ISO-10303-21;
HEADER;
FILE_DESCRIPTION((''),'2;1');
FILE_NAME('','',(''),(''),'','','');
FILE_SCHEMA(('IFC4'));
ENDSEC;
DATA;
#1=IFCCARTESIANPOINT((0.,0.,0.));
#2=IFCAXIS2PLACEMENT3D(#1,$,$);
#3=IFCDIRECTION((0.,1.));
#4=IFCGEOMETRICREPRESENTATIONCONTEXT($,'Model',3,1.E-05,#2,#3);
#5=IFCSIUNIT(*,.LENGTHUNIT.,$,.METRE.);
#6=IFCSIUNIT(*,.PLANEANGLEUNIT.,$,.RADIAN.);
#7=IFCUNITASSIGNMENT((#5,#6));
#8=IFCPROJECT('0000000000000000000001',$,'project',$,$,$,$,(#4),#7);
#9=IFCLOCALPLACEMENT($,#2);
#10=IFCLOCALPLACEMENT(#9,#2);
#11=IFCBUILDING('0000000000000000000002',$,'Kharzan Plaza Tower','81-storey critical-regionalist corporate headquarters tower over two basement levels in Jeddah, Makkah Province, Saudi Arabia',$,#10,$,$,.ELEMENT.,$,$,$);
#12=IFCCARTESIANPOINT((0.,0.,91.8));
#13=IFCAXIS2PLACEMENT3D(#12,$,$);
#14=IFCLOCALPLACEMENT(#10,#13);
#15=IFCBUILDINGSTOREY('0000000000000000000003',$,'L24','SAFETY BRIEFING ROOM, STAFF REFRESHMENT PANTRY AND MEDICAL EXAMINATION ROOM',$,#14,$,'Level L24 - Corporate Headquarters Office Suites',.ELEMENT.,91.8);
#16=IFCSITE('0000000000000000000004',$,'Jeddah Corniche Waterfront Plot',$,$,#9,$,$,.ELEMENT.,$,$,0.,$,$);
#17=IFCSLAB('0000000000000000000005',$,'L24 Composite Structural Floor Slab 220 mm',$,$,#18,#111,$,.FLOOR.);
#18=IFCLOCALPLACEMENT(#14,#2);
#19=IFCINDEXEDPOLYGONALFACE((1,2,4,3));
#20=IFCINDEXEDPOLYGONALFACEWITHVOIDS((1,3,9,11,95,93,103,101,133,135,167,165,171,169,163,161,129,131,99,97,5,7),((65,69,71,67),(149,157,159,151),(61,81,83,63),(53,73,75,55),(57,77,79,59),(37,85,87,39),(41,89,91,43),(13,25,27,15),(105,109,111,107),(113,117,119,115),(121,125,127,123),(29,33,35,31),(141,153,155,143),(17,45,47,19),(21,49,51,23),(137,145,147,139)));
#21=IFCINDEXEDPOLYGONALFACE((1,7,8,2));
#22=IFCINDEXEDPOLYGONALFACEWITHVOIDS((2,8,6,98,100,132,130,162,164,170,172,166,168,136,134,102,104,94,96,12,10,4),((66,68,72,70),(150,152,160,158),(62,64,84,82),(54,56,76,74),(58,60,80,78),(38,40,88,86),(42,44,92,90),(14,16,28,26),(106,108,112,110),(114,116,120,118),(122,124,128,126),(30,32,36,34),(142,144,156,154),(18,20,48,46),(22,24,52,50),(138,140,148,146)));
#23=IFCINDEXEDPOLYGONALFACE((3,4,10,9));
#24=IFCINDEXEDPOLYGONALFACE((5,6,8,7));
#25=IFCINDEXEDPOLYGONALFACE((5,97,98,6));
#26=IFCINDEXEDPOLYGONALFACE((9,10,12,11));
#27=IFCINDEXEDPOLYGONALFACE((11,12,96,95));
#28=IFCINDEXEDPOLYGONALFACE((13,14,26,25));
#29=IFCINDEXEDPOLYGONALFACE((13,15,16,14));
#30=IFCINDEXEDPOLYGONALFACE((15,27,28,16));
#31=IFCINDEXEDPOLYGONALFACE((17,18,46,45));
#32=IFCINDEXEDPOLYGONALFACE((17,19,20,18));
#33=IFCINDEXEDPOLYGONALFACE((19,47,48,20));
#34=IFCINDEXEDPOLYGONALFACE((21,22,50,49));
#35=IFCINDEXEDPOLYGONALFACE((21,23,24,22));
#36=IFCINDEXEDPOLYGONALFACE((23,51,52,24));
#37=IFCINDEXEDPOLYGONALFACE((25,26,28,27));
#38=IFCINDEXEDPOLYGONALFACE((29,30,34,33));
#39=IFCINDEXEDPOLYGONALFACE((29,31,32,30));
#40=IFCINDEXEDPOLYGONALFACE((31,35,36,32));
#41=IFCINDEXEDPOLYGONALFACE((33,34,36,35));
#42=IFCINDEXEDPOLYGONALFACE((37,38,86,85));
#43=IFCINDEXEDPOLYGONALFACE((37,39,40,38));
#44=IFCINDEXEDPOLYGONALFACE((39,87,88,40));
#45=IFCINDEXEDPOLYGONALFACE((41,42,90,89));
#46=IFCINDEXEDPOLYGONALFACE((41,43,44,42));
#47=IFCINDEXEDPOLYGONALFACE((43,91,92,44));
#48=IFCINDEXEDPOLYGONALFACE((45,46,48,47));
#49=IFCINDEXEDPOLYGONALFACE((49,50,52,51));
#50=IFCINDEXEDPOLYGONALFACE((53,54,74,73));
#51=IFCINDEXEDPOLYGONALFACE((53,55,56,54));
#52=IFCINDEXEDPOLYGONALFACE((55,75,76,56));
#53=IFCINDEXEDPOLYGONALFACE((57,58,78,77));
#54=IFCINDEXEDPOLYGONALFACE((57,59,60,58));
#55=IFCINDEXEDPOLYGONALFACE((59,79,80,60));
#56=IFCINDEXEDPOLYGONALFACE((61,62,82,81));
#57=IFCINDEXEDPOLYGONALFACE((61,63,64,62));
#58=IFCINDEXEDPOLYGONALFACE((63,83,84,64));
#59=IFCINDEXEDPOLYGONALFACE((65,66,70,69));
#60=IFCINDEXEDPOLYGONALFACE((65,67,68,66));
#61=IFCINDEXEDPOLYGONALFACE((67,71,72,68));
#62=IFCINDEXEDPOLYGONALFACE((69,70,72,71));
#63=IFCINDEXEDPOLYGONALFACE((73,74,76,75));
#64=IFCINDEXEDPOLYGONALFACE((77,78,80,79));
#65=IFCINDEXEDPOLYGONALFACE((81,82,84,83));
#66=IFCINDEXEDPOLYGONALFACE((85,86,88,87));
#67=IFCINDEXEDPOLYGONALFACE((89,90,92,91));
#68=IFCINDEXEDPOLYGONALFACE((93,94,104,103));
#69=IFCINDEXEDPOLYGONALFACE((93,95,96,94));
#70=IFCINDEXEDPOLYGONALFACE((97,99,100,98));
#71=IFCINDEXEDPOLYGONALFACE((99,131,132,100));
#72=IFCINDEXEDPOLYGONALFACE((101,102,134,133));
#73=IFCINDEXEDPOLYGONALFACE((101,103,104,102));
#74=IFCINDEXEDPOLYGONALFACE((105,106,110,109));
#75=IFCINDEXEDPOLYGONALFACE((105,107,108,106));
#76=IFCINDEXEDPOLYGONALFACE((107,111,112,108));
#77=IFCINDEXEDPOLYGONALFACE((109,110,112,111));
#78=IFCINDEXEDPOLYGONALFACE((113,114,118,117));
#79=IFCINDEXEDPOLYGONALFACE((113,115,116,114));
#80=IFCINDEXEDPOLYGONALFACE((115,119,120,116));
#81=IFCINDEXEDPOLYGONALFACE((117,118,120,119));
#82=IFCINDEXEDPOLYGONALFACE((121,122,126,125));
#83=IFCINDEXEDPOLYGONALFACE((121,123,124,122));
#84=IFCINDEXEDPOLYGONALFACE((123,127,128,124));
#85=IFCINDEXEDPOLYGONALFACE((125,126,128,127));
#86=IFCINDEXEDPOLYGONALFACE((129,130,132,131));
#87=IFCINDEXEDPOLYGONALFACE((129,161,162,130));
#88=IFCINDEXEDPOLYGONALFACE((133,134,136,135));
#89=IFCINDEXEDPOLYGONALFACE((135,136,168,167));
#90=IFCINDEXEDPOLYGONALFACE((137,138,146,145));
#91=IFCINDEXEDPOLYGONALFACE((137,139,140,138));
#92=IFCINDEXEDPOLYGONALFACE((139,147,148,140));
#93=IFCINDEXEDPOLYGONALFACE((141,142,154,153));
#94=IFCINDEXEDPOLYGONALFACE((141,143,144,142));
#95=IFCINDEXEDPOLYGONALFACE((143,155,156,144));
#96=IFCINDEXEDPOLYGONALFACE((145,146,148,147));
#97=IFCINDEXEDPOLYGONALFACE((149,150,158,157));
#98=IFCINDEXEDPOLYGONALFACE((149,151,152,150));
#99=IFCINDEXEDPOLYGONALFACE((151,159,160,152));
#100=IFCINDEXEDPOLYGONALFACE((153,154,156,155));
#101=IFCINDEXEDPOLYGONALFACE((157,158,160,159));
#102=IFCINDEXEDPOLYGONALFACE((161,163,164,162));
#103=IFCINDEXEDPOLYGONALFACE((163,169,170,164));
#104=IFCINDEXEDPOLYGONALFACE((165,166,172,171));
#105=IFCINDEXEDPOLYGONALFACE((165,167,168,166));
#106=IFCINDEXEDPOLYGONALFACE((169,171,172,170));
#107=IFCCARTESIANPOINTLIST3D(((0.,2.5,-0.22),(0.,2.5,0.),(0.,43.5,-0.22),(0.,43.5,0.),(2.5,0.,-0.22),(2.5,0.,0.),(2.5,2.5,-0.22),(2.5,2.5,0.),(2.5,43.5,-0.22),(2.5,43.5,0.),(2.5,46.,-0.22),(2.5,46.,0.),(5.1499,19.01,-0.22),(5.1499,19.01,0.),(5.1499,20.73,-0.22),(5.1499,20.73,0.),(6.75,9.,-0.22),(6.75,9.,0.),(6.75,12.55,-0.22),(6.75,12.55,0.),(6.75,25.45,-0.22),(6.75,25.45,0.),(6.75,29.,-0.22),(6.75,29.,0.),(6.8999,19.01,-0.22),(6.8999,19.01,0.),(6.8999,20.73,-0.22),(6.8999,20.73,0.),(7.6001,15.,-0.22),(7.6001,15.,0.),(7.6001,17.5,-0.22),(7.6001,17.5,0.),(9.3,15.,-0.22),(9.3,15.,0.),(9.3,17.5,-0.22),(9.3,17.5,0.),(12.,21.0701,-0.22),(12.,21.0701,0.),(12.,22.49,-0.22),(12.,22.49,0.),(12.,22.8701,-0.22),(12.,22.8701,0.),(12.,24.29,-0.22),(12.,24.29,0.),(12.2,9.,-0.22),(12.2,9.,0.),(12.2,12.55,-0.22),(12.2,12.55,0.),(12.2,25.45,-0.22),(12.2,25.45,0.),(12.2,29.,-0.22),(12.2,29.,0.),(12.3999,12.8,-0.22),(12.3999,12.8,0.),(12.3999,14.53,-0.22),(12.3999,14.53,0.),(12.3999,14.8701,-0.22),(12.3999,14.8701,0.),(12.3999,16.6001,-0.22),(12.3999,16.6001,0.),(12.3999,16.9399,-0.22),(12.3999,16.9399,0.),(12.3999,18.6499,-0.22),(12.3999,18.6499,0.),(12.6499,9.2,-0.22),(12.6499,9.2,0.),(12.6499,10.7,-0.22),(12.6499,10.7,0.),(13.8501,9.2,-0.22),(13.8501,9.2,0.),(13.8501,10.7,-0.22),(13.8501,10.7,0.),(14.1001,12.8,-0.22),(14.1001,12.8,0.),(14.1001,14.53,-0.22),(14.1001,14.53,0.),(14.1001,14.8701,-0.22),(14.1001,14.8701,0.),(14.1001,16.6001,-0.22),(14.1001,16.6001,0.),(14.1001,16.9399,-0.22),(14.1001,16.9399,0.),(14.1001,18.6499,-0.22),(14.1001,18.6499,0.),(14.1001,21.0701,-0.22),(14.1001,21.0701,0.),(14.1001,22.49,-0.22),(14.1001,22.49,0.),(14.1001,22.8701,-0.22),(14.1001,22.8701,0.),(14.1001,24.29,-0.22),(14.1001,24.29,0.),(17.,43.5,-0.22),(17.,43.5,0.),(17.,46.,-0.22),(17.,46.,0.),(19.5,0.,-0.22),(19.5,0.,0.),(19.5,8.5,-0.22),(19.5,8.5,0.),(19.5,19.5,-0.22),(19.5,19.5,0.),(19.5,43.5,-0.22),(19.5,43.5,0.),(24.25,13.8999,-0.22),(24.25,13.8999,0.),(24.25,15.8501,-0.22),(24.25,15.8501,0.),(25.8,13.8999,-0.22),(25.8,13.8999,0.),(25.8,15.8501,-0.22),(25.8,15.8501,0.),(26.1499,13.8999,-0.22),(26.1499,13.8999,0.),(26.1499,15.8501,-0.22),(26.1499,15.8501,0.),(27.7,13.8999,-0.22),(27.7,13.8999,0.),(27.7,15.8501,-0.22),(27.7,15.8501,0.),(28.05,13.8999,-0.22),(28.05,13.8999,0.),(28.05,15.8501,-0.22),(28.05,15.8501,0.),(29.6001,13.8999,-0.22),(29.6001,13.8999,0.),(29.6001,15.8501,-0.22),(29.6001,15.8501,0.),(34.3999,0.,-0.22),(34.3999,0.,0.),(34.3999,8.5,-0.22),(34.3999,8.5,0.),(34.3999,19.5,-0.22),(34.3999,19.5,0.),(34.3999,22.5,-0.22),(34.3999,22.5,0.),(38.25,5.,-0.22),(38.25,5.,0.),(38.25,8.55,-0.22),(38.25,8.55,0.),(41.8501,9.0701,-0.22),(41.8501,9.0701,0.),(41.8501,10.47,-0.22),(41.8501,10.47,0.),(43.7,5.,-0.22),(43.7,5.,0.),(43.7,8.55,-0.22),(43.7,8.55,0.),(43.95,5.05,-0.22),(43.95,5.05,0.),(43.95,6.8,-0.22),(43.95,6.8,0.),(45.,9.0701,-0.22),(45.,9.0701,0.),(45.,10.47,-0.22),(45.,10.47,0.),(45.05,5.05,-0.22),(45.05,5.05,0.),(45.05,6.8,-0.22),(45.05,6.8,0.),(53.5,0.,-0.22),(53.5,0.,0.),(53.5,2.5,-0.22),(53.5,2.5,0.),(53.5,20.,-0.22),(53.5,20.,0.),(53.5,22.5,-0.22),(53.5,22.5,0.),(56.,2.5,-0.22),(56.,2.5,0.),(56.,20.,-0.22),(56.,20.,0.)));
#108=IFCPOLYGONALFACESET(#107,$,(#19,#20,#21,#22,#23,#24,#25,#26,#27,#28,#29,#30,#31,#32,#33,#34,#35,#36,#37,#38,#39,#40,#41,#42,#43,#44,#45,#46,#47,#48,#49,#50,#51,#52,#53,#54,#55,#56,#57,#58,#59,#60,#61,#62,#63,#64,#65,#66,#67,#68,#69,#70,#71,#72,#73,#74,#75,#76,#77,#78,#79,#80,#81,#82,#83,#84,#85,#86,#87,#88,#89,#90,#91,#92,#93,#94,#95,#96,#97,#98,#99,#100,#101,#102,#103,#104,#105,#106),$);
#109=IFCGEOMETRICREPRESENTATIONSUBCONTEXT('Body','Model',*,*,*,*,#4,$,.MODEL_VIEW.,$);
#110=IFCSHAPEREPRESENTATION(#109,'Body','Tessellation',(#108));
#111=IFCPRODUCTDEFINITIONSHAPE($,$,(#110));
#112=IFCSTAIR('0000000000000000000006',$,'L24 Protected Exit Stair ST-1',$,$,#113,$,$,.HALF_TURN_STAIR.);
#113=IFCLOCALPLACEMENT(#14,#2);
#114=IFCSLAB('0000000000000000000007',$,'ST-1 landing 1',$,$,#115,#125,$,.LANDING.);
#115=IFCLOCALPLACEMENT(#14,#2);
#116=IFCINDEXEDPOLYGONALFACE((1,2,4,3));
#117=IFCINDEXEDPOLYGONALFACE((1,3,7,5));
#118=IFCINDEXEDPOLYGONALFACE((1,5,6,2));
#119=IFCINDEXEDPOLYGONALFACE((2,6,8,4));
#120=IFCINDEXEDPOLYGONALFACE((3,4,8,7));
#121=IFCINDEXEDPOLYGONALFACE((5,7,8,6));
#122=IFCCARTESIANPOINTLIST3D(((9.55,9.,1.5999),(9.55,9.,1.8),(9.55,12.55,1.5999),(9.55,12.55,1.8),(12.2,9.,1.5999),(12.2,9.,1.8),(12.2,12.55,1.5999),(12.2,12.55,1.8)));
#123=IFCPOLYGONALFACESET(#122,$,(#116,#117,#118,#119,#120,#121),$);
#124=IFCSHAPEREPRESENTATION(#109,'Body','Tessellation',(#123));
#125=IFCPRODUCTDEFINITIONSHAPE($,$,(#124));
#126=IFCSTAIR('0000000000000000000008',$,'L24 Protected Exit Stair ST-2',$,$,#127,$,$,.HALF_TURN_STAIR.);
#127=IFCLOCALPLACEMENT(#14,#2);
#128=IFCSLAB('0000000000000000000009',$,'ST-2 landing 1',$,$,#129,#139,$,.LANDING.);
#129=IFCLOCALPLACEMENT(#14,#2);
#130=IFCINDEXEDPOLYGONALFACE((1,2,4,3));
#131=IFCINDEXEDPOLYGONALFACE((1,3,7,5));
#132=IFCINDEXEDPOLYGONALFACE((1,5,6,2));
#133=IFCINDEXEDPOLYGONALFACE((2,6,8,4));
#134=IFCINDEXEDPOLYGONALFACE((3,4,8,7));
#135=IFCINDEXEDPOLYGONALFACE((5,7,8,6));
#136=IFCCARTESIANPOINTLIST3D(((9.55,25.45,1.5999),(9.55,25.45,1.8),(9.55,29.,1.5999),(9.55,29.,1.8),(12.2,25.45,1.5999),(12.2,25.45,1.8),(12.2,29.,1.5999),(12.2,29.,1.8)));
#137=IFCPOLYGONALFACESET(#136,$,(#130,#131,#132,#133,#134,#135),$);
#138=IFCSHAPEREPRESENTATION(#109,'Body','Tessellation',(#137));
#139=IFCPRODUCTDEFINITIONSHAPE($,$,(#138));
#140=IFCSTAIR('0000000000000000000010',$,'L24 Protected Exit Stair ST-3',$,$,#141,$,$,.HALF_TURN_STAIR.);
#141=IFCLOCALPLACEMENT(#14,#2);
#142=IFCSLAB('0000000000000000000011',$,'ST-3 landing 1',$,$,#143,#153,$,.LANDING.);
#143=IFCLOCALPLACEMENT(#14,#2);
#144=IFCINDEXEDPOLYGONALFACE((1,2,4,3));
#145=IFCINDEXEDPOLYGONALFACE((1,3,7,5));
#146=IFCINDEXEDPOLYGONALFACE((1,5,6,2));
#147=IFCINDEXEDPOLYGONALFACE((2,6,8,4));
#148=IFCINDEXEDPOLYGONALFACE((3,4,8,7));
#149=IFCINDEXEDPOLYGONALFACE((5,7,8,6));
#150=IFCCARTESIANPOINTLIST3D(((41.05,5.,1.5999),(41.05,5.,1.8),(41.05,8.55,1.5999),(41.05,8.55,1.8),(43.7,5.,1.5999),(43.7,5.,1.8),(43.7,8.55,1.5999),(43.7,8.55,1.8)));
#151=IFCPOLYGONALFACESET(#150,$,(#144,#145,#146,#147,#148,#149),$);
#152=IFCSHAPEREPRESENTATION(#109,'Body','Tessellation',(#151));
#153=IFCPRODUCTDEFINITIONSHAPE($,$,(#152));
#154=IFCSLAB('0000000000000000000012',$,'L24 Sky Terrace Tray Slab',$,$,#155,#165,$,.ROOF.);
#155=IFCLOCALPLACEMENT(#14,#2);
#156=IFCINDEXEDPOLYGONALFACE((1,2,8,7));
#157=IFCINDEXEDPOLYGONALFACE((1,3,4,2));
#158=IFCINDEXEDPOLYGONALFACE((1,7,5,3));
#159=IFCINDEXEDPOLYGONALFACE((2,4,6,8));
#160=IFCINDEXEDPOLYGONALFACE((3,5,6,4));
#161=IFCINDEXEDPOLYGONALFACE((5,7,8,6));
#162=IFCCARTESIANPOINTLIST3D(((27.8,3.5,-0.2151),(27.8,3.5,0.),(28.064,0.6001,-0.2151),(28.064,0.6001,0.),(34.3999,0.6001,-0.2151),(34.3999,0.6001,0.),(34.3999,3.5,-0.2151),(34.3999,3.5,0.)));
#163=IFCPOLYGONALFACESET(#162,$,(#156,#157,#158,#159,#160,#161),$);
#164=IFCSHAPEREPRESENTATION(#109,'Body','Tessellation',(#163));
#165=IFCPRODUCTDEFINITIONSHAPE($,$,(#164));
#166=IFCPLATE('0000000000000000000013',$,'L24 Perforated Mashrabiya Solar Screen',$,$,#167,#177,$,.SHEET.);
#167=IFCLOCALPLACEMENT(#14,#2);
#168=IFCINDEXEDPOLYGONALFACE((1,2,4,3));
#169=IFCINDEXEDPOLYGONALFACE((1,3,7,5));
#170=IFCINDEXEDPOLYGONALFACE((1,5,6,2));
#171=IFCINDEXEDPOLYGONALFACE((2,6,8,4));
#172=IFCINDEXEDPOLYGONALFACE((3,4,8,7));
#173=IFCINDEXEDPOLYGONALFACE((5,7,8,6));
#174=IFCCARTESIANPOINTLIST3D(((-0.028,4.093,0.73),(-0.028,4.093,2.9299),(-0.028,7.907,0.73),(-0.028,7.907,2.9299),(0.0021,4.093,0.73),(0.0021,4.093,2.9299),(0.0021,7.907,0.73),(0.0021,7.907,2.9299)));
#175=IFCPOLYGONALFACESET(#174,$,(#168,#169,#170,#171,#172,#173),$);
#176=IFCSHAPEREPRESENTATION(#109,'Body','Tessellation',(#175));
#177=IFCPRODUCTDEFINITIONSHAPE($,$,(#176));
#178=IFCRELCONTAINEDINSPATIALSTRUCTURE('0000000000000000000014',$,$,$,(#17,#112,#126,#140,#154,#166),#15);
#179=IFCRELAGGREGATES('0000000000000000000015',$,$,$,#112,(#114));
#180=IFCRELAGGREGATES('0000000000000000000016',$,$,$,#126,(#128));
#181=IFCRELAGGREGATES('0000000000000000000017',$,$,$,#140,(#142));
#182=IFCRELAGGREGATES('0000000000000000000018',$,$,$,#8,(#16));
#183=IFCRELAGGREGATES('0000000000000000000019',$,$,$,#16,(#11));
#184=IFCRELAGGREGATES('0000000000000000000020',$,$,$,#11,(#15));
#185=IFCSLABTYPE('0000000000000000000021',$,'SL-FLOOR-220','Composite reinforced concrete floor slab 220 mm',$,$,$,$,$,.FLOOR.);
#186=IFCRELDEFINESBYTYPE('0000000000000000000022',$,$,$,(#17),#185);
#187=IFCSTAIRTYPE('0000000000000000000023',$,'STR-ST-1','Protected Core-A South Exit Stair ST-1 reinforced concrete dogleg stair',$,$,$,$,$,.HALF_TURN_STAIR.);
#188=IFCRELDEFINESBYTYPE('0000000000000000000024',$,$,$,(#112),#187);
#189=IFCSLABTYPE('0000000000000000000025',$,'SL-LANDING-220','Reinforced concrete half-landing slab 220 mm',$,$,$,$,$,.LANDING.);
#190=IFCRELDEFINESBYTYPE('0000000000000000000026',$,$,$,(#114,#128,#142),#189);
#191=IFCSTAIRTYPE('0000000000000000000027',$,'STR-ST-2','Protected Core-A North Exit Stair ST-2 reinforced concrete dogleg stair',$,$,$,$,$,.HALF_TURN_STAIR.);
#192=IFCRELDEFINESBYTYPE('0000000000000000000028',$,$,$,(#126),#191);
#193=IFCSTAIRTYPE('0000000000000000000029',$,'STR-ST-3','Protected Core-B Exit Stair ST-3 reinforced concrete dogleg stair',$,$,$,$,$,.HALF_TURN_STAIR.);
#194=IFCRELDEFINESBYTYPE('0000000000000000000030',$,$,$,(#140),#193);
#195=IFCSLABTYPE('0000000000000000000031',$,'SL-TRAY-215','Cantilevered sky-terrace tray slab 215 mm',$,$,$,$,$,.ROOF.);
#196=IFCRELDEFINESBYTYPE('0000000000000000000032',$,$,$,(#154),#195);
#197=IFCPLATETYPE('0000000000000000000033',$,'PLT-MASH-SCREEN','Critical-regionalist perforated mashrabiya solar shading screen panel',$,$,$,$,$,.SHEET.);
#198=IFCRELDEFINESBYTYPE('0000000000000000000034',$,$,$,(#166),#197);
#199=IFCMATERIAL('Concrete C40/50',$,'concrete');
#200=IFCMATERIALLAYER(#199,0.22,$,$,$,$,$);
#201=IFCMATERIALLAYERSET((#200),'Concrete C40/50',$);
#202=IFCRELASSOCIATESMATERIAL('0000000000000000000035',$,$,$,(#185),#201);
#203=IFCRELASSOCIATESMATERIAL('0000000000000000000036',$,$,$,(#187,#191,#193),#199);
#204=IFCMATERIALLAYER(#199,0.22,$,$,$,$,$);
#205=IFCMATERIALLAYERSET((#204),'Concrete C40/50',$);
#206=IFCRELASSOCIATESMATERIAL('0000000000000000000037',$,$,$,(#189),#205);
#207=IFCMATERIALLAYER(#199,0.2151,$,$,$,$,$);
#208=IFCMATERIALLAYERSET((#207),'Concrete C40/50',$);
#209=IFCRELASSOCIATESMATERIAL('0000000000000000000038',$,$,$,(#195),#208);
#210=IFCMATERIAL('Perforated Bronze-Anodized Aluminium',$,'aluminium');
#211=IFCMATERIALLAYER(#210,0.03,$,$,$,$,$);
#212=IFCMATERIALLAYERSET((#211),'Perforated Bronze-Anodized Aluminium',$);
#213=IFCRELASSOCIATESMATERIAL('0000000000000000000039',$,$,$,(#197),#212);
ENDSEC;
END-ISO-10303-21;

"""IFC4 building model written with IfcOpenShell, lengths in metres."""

from ifc_helpers import new_model, si_unit, direction, frame, origin, origin_2d, place, context, subcontext, project, spatial, polyline, rectangle, outline, extrude, source, transform, mapped, material, layer, layer_set, type_object, element, aggregate, save


model = new_model("IFC4")

# Units and contexts
model_context = context("Model", 3, precision=1e-05, world=origin(), true_north=direction((0.0, 1.0)))
body_context = subcontext(model_context, "Body", "Model", "MODEL_VIEW")
ifc_project = project(units=[si_unit("LENGTHUNIT", "METRE"), si_unit("PLANEANGLEUNIT", "RADIAN")], contexts=[model_context])

# Site, building, storey
site_placement = place(None, origin())
site = spatial("IfcSite", under=ifc_project, at=site_placement, Name="Jeddah Corniche Waterfront Plot", CompositionType="ELEMENT", RefElevation=0.0)
building_placement = place(site_placement, origin())
building = spatial("IfcBuilding", under=site, at=building_placement, Name="Kharzan Plaza Tower", Description="81-storey critical-regionalist corporate headquarters tower over two basement levels in Jeddah, Makkah Province, Saudi Arabia", CompositionType="ELEMENT")
storey_placement = place(building_placement, frame((0.0, 0.0, 91.8)))
storey = spatial("IfcBuildingStorey", under=building, at=storey_placement, Name="L24", Description="SAFETY BRIEFING ROOM, STAFF REFRESHMENT PANTRY AND MEDICAL EXAMINATION ROOM", LongName="Level L24 - Corporate Headquarters Office Suites", CompositionType="ELEMENT", Elevation=91.8)

# Slab
ifc_material_1 = material(Name="Concrete C40/50", Category="concrete")
ifc_layer_1 = layer(ifc_material_1, 0.22)
ifc_layer_set_1 = layer_set([ifc_layer_1], Name="Concrete C40/50")
slab_type_1 = type_object("IfcSlabType", Name="SL-FLOOR-220", Description="Composite reinforced concrete floor slab 220 mm", PredefinedType="FLOOR", material=ifc_layer_set_1)
slab_1_placement = place(storey_placement, frame((0.0, 0.0, -0.22)))
element("IfcSlab", 1, at=slab_1_placement, inside=storey, type_object=slab_type_1, Name="L24 Composite Structural Floor Slab 220 mm", PredefinedType="FLOOR", context=body_context, shape_type="SweptSolid", body=[
    extrude(outline(polyline([(34.3999, 19.5), (19.5, 19.5), (19.5, 43.5), (17.0, 43.5), (17.0, 46.0), (2.5, 46.0), (2.5, 43.5), (0.0, 43.5), (0.0, 2.5), (2.5, 2.5), (2.5, 0.0), (19.5, 0.0), (19.5, 8.5), (34.3999, 8.5), (34.3999, 0.0), (53.5, 0.0), (53.5, 2.5), (56.0, 2.5), (56.0, 20.0), (53.5, 20.0), (53.5, 22.5), (34.3999, 22.5), (34.3999, 19.5)]), holes=[polyline([(12.2, 9.0), (12.2, 12.55), (6.75, 12.55), (6.75, 9.0), (12.2, 9.0)]), polyline([(14.1001, 12.8), (14.1001, 14.53), (12.3999, 14.53), (12.3999, 12.8), (14.1001, 12.8)]), polyline([(14.1001, 14.8701), (14.1001, 16.6001), (12.3999, 16.6001), (12.3999, 14.8701), (14.1001, 14.8701)]), polyline([(9.3, 15.0), (9.3, 17.5), (7.6001, 17.5), (7.6001, 15.0), (9.3, 15.0)]), polyline([(6.8999, 19.01), (6.8999, 20.73), (5.1499, 20.73), (5.1499, 19.01), (6.8999, 19.01)]), polyline([(14.1001, 21.0701), (14.1001, 22.49), (12.0, 22.49), (12.0, 21.0701), (14.1001, 21.0701)]), polyline([(14.1001, 22.8701), (14.1001, 24.29), (12.0, 24.29), (12.0, 22.8701), (14.1001, 22.8701)]), polyline([(12.2, 25.45), (12.2, 29.0), (6.75, 29.0), (6.75, 25.45), (12.2, 25.45)]), polyline([(45.05, 5.05), (45.05, 6.8), (43.95, 6.8), (43.95, 5.05), (45.05, 5.05)]), polyline([(43.7, 5.0), (43.7, 8.55), (38.25, 8.55), (38.25, 5.0), (43.7, 5.0)]), polyline([(45.0, 9.0701), (45.0, 10.47), (41.8501, 10.47), (41.8501, 9.0701), (45.0, 9.0701)]), polyline([(13.8501, 9.2), (13.8501, 10.7), (12.6499, 10.7), (12.6499, 9.2), (13.8501, 9.2)]), polyline([(25.8, 13.8999), (25.8, 15.8501), (24.25, 15.8501), (24.25, 13.8999), (25.8, 13.8999)]), polyline([(27.7, 13.8999), (27.7, 15.8501), (26.1499, 15.8501), (26.1499, 13.8999), (27.7, 13.8999)]), polyline([(29.6001, 13.8999), (29.6001, 15.8501), (28.05, 15.8501), (28.05, 13.8999), (29.6001, 13.8999)]), polyline([(14.1001, 16.9399), (14.1001, 18.6499), (12.3999, 18.6499), (12.3999, 16.9399), (14.1001, 16.9399)])]), origin(), (0.0, 0.0, 1.0), 0.22),
])

# Stairs, slabs
stair_type_1 = type_object("IfcStairType", Name="STR-ST-1", Description="Protected Core-A South Exit Stair ST-1 reinforced concrete dogleg stair", PredefinedType="HALF_TURN_STAIR", material=ifc_material_1)
stair_1_placement = place(storey_placement, origin())
stair_1 = element("IfcStair", 2, at=stair_1_placement, inside=storey, type_object=stair_type_1, Name="L24 Protected Exit Stair ST-1", PredefinedType="HALF_TURN_STAIR")
ifc_layer_2 = layer(ifc_material_1, 0.22)
ifc_layer_set_2 = layer_set([ifc_layer_2], Name="Concrete C40/50")
slab_type_2 = type_object("IfcSlabType", Name="SL-LANDING-220", Description="Reinforced concrete half-landing slab 220 mm", PredefinedType="LANDING", material=ifc_layer_set_2)
slab_2_placement = place(storey_placement, frame((0.0, 0.0, 1.5999)))
slab_2 = element("IfcSlab", 3, at=slab_2_placement, type_object=slab_type_2, Name="ST-1 landing 1", PredefinedType="LANDING", context=body_context, shape_type="SweptSolid", body=[
    extrude(outline(polyline([(9.55, 9.0), (12.2, 9.0), (12.2, 12.55), (9.55, 12.55), (9.55, 9.0)])), origin(), (0.0, 0.0, 1.0), 0.2002),
])
aggregate(stair_1, [slab_2])
stair_type_2 = type_object("IfcStairType", Name="STR-ST-2", Description="Protected Core-A North Exit Stair ST-2 reinforced concrete dogleg stair", PredefinedType="HALF_TURN_STAIR", material=ifc_material_1)
stair_2_placement = place(storey_placement, origin())
stair_2 = element("IfcStair", 4, at=stair_2_placement, inside=storey, type_object=stair_type_2, Name="L24 Protected Exit Stair ST-2", PredefinedType="HALF_TURN_STAIR")
slab_3_placement = place(storey_placement, frame((0.0, 0.0, 1.5999)))
slab_3 = element("IfcSlab", 5, at=slab_3_placement, type_object=slab_type_2, Name="ST-2 landing 1", PredefinedType="LANDING", context=body_context, shape_type="SweptSolid", body=[
    extrude(outline(polyline([(9.55, 25.45), (12.2, 25.45), (12.2, 29.0), (9.55, 29.0), (9.55, 25.45)])), origin(), (0.0, 0.0, 1.0), 0.2002),
])
aggregate(stair_2, [slab_3])
stair_type_3 = type_object("IfcStairType", Name="STR-ST-3", Description="Protected Core-B Exit Stair ST-3 reinforced concrete dogleg stair", PredefinedType="HALF_TURN_STAIR", material=ifc_material_1)
stair_3_placement = place(storey_placement, origin())
stair_3 = element("IfcStair", 6, at=stair_3_placement, inside=storey, type_object=stair_type_3, Name="L24 Protected Exit Stair ST-3", PredefinedType="HALF_TURN_STAIR")
slab_4_placement = place(storey_placement, frame((0.0, 0.0, 1.5999)))
slab_4 = element("IfcSlab", 7, at=slab_4_placement, type_object=slab_type_2, Name="ST-3 landing 1", PredefinedType="LANDING", context=body_context, shape_type="SweptSolid", body=[
    extrude(outline(polyline([(41.05, 5.0), (43.7, 5.0), (43.7, 8.55), (41.05, 8.55), (41.05, 5.0)])), origin(), (0.0, 0.0, 1.0), 0.2002),
])
aggregate(stair_3, [slab_4])

# Slab
ifc_layer_3 = layer(ifc_material_1, 0.2151)
ifc_layer_set_3 = layer_set([ifc_layer_3], Name="Concrete C40/50")
slab_type_3 = type_object("IfcSlabType", Name="SL-TRAY-215", Description="Cantilevered sky-terrace tray slab 215 mm", PredefinedType="ROOF", material=ifc_layer_set_3)
slab_5_placement = place(storey_placement, frame((0.0, 0.0, -0.2151)))
element("IfcSlab", 8, at=slab_5_placement, inside=storey, type_object=slab_type_3, Name="L24 Sky Terrace Tray Slab", PredefinedType="ROOF", context=body_context, shape_type="SweptSolid", body=[
    extrude(outline(polyline([(28.064, 0.6001), (34.3999, 0.6001), (34.3999, 3.5), (27.8, 3.5), (28.064, 0.6001)])), origin(), (0.0, 0.0, 1.0), 0.2151),
])

# Plate
ifc_material_2 = material(Name="Perforated Bronze-Anodized Aluminium", Category="aluminium")
ifc_layer_4 = layer(ifc_material_2, 0.03)
ifc_layer_set_4 = layer_set([ifc_layer_4], Name="Perforated Bronze-Anodized Aluminium")
plate_type = type_object("IfcPlateType", Name="PLT-MASH-SCREEN", Description="Critical-regionalist perforated mashrabiya solar shading screen panel", PredefinedType="SHEET", material=ifc_layer_set_4)
shared_shape_1 = source(origin(), body_context, "Body", "SweptSolid", [
    extrude(rectangle(XDim=3.814, YDim=0.03, at=origin_2d()), origin(), (0.0, 0.0, 1.0), 2.2),
])
plate_placement = place(storey_placement, frame((-0.0129, 6.0, 0.73), z_axis=(0.0, 0.0, 1.0), x_axis=(0.0, -1.0, 0.0)))
element("IfcPlate", 9, at=plate_placement, inside=storey, type_object=plate_type, Name="L24 Perforated Mashrabiya Solar Screen", PredefinedType="SHEET", context=body_context, shape_type="MappedRepresentation", body=[
    mapped(shared_shape_1, transform((0.0, 0.0, 0.0), x_axis=(1.0, 0.0, 0.0), y_axis=(0.0, 1.0, 0.0), z_axis=(0.0, 0.0, 1.0))),
])

save(model, "model.ifc")
